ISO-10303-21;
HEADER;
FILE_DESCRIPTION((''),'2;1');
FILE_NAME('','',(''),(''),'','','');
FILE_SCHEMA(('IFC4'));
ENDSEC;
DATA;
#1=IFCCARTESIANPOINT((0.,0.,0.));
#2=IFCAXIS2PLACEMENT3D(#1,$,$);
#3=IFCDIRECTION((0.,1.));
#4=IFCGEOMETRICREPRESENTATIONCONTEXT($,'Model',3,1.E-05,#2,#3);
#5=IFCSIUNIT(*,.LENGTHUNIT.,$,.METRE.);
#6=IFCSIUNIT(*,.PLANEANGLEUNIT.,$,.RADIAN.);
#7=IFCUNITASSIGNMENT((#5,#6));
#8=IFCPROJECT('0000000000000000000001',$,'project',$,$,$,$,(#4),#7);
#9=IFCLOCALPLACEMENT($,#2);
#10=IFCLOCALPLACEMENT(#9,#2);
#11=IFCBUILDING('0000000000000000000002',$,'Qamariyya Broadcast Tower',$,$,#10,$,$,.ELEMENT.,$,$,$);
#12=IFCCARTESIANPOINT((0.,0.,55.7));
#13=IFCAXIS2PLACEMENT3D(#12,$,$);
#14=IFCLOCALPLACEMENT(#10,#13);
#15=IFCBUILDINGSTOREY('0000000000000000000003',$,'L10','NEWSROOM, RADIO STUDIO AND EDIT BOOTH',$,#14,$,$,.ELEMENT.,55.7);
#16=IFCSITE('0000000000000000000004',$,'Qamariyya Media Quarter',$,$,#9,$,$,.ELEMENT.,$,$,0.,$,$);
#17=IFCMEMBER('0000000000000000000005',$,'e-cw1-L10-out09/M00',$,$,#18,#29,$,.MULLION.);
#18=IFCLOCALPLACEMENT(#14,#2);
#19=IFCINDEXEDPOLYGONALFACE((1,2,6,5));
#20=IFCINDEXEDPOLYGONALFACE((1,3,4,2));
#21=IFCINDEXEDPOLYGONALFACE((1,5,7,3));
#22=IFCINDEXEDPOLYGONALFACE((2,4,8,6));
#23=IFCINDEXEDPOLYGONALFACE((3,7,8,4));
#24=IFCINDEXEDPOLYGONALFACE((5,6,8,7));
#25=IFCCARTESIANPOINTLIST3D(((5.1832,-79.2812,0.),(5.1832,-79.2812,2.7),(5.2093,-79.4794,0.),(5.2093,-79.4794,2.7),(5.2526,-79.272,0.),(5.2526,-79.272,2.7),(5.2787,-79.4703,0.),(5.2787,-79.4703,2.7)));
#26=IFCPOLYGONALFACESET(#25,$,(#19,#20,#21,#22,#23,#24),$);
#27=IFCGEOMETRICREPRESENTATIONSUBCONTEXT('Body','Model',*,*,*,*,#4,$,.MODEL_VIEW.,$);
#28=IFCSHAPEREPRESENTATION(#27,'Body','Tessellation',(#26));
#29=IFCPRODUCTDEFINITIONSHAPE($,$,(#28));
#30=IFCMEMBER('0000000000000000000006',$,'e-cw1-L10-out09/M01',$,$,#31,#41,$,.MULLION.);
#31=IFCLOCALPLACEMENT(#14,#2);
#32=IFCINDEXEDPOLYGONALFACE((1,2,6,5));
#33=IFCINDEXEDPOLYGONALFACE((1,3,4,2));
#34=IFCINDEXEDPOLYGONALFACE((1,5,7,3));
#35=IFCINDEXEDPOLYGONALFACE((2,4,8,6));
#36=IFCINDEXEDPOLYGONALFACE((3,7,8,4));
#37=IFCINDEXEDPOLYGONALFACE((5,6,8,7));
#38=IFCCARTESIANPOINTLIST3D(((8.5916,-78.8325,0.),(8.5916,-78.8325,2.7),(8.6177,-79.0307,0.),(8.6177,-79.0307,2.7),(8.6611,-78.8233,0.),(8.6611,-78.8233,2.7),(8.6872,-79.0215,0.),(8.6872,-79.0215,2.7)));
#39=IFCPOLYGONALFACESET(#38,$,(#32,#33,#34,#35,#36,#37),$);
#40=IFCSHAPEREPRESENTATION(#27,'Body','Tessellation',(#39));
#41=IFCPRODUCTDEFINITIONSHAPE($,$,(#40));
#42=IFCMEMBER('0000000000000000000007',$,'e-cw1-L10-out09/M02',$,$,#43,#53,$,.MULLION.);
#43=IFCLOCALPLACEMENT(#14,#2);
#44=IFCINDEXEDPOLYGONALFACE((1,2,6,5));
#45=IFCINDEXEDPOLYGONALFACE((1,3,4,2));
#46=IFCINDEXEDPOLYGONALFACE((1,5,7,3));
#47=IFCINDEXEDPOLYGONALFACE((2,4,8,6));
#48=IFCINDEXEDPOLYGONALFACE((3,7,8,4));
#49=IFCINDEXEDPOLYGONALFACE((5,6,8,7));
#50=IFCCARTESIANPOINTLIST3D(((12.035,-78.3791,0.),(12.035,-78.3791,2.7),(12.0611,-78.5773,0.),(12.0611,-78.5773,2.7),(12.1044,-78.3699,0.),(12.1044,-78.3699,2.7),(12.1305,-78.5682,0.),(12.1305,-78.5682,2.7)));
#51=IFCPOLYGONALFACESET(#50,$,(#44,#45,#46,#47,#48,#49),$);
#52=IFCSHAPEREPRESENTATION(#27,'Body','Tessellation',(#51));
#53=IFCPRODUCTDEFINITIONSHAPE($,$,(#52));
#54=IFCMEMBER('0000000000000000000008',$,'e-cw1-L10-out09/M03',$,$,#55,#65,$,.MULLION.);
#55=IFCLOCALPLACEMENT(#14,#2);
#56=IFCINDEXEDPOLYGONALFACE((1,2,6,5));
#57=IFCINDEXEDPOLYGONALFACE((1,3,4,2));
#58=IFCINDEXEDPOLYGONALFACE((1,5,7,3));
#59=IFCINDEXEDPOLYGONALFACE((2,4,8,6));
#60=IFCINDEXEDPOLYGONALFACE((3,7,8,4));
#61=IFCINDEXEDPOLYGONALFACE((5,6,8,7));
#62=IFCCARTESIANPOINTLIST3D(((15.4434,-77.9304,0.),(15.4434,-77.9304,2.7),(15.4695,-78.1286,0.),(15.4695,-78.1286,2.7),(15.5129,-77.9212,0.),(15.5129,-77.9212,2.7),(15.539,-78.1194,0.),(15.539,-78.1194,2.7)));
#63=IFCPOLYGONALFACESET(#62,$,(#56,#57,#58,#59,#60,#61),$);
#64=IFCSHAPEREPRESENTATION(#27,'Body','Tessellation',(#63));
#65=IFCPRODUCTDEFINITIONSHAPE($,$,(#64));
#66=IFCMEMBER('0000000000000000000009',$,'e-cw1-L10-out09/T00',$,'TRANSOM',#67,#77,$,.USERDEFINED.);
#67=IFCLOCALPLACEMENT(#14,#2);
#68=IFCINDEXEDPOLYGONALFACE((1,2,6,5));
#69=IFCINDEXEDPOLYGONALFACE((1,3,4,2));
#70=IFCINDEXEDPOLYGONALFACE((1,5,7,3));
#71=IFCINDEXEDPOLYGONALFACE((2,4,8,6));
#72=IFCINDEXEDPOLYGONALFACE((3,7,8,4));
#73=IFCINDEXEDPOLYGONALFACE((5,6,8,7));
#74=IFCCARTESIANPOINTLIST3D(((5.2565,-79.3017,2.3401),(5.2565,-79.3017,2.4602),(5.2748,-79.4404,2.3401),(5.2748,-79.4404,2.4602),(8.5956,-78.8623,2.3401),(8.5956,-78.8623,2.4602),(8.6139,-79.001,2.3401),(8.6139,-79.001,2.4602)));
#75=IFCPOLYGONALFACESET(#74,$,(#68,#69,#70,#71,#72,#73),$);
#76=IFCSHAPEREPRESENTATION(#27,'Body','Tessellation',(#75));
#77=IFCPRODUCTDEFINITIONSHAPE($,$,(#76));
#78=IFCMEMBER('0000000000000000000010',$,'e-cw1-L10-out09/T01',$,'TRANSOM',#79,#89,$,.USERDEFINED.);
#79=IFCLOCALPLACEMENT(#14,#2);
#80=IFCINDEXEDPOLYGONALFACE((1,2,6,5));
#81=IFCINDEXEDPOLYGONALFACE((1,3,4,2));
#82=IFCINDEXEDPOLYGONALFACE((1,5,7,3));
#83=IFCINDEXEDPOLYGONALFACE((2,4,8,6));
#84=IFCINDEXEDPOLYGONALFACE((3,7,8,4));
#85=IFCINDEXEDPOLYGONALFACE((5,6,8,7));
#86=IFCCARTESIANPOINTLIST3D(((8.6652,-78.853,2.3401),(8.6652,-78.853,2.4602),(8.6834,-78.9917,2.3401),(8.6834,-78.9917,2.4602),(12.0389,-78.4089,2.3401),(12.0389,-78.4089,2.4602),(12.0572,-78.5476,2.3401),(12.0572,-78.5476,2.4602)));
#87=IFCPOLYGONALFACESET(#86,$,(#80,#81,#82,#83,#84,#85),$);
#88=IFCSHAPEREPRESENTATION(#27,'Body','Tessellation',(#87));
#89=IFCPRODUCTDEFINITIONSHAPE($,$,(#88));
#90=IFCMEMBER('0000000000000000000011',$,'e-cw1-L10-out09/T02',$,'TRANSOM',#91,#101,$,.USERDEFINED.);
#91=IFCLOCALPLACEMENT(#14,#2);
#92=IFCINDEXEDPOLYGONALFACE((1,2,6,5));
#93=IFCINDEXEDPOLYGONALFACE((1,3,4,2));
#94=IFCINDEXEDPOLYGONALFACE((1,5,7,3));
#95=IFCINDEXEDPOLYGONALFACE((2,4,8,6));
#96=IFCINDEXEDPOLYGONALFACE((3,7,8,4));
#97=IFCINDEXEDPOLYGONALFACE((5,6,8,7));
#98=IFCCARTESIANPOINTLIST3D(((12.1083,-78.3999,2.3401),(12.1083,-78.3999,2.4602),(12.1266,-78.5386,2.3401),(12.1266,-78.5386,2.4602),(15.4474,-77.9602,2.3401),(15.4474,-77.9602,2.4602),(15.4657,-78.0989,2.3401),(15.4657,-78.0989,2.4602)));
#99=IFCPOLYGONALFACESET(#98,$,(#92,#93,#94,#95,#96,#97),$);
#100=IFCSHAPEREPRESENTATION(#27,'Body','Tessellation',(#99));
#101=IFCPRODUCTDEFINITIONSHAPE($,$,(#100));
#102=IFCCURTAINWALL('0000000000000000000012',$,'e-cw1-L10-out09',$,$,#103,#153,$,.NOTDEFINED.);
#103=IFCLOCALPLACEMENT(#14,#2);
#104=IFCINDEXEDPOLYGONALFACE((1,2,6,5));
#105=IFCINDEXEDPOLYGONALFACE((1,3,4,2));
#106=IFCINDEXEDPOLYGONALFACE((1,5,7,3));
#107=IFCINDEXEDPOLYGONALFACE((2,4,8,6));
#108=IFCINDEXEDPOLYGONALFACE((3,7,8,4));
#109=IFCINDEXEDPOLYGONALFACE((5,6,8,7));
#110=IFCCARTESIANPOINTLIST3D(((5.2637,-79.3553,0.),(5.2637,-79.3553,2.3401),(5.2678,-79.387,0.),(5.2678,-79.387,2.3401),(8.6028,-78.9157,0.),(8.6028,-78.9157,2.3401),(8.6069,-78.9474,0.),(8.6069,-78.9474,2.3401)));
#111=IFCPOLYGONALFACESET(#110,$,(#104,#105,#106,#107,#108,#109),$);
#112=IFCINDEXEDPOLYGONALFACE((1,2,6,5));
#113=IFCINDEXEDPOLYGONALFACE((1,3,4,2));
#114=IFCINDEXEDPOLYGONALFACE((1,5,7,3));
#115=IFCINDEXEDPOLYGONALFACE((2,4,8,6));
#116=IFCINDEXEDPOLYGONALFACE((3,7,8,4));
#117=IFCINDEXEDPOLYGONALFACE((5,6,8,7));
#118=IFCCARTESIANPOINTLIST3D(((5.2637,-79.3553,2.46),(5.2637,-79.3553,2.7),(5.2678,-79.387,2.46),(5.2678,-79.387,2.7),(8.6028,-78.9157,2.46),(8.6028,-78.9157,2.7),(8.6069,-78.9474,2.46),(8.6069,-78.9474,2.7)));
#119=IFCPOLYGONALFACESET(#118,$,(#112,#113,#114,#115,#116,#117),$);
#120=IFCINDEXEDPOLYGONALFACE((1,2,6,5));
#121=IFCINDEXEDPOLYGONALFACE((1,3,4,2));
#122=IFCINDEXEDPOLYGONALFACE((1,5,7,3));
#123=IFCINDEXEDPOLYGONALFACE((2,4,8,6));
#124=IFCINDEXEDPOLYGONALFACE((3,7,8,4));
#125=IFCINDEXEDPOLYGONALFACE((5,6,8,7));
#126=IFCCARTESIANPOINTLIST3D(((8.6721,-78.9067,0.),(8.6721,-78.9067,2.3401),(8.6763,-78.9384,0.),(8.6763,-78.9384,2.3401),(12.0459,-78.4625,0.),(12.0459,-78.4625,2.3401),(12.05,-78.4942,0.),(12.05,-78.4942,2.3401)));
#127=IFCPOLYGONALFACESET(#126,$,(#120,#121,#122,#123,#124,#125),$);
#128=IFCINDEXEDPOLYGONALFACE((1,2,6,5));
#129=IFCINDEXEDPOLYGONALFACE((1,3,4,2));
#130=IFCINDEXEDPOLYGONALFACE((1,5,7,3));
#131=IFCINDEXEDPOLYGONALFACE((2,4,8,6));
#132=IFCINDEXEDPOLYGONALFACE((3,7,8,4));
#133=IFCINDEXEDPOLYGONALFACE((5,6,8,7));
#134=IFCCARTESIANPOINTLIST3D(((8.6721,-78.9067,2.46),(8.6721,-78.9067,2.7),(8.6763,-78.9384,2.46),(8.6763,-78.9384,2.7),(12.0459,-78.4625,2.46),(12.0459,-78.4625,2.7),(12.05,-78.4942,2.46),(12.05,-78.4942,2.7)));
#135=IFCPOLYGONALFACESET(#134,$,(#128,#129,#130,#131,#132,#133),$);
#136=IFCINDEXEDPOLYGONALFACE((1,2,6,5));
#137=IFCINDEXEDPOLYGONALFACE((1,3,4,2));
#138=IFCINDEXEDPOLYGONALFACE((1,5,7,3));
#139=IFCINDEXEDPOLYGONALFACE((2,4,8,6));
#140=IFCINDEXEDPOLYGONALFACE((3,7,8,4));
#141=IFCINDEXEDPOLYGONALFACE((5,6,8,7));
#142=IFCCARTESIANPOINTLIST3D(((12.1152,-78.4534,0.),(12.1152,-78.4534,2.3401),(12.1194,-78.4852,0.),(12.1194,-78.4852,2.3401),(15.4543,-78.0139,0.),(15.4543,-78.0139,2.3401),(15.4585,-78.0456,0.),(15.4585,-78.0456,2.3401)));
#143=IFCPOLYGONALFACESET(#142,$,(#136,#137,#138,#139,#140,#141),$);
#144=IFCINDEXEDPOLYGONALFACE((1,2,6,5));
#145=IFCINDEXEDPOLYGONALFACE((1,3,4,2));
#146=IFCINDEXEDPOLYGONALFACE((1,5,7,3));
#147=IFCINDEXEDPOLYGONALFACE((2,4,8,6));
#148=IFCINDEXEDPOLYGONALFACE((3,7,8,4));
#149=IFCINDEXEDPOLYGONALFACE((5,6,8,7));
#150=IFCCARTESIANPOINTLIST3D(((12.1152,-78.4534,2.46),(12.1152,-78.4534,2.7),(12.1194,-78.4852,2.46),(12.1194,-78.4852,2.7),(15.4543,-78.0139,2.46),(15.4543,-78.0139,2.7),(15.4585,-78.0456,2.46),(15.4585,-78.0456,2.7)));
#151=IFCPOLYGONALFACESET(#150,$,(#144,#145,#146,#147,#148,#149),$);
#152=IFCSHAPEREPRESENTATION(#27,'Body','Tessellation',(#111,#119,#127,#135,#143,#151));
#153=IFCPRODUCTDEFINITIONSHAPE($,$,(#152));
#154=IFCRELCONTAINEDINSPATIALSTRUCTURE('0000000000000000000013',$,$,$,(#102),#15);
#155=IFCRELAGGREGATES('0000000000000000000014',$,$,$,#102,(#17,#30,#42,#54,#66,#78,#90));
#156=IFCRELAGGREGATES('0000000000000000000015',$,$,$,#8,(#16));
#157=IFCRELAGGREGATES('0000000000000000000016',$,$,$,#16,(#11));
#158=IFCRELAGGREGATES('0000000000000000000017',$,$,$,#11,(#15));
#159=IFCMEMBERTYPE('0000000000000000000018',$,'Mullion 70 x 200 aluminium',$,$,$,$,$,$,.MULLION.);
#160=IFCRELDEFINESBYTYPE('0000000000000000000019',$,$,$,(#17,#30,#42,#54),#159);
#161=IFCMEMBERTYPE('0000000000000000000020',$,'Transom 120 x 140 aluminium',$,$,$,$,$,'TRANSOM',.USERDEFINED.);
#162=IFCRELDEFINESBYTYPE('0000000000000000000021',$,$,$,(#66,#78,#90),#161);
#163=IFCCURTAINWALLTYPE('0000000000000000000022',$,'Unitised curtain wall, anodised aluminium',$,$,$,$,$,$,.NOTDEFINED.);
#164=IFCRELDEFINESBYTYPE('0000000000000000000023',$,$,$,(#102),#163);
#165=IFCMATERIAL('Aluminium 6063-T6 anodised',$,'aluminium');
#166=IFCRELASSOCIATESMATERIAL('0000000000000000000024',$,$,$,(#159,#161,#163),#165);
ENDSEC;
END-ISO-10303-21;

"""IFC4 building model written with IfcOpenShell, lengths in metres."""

from ifc_helpers import new_model, si_unit, direction, frame, origin, origin_2d, place, context, subcontext, project, spatial, rectangle, extrude, material, material_profile, profile_set, type_object, element, aggregate, save


model = new_model("IFC4")

# Units and contexts
model_context = context("Model", 3, precision=1e-05, world=origin(), true_north=direction((0.0, 1.0)))
body_context = subcontext(model_context, "Body", "Model", "MODEL_VIEW")
ifc_project = project(units=[si_unit("LENGTHUNIT", "METRE"), si_unit("PLANEANGLEUNIT", "RADIAN")], contexts=[model_context])

# Members
ifc_material = material(Name="Aluminium 6063-T6 anodised", Category="aluminium")
ifc_material_profile_1 = material_profile(ifc_material, rectangle(XDim=0.2, YDim=0.0701, at=origin_2d()))
ifc_profile_set_1 = profile_set([ifc_material_profile_1], Name="Aluminium 6063-T6 anodised")
member_type_1 = type_object("IfcMemberType", Name="Mullion 70 x 200 aluminium", PredefinedType="MULLION", material=ifc_profile_set_1)
site_placement = place(None, origin())
building_placement = place(site_placement, origin())
storey_placement = place(building_placement, frame((0.0, 0.0, 55.7)))
member_1_placement = place(storey_placement, frame((5.231, -79.3757, 0.0), z_axis=(0.0, 0.0, 1.0), x_axis=(-0.130526, 0.991445, 0.0)))
member_1 = element("IfcMember", 1, at=member_1_placement, type_object=member_type_1, Name="e-cw1-L10-out09/M00", PredefinedType="MULLION", context=body_context, shape_type="SweptSolid", body=[
    extrude(rectangle(XDim=0.2, YDim=0.0701, at=origin_2d()), origin(), (0.0, 0.0, 1.0), 2.7),
])
member_2_placement = place(storey_placement, frame((8.6394, -78.927, 0.0), z_axis=(0.0, 0.0, 1.0), x_axis=(-0.130526, 0.991445, 0.0)))
member_2 = element("IfcMember", 2, at=member_2_placement, type_object=member_type_1, Name="e-cw1-L10-out09/M01", PredefinedType="MULLION", context=body_context, shape_type="SweptSolid", body=[
    extrude(rectangle(XDim=0.2, YDim=0.0701, at=origin_2d()), origin(), (0.0, 0.0, 1.0), 2.7),
])
member_3_placement = place(storey_placement, frame((12.0828, -78.4736, 0.0), z_axis=(0.0, 0.0, 1.0), x_axis=(-0.130526, 0.991445, 0.0)))
member_3 = element("IfcMember", 3, at=member_3_placement, type_object=member_type_1, Name="e-cw1-L10-out09/M02", PredefinedType="MULLION", context=body_context, shape_type="SweptSolid", body=[
    extrude(rectangle(XDim=0.2, YDim=0.0701, at=origin_2d()), origin(), (0.0, 0.0, 1.0), 2.7),
])
member_4_placement = place(storey_placement, frame((15.4912, -78.0249, 0.0), z_axis=(0.0, 0.0, 1.0), x_axis=(-0.130526, 0.991445, 0.0)))
member_4 = element("IfcMember", 4, at=member_4_placement, type_object=member_type_1, Name="e-cw1-L10-out09/M03", PredefinedType="MULLION", context=body_context, shape_type="SweptSolid", body=[
    extrude(rectangle(XDim=0.2, YDim=0.0701, at=origin_2d()), origin(), (0.0, 0.0, 1.0), 2.7),
])
ifc_material_profile_2 = material_profile(ifc_material, rectangle(XDim=0.1399, YDim=0.1201, at=origin_2d()))
ifc_profile_set_2 = profile_set([ifc_material_profile_2], Name="Aluminium 6063-T6 anodised")
member_type_2 = type_object("IfcMemberType", Name="Transom 120 x 140 aluminium", ElementType="TRANSOM", PredefinedType="USERDEFINED", material=ifc_profile_set_2)
member_5_placement = place(storey_placement, frame((5.2656, -79.3711, 2.4001), z_axis=(0.991451, 0.130483, 0.0), x_axis=(-0.130483, 0.991451, 0.0)))
member_5 = element("IfcMember", 5, at=member_5_placement, type_object=member_type_2, Name="e-cw1-L10-out09/T00", ObjectType="TRANSOM", PredefinedType="USERDEFINED", context=body_context, shape_type="SweptSolid", body=[
    extrude(rectangle(XDim=0.1399, YDim=0.1201, at=origin_2d()), origin(), (0.0, 0.0, 1.0), 3.3679),
])
member_6_placement = place(storey_placement, frame((8.6743, -78.9224, 2.4001), z_axis=(0.991448, 0.130505, 0.0), x_axis=(-0.130505, 0.991448, 0.0)))
member_6 = element("IfcMember", 6, at=member_6_placement, type_object=member_type_2, Name="e-cw1-L10-out09/T01", ObjectType="TRANSOM", PredefinedType="USERDEFINED", context=body_context, shape_type="SweptSolid", body=[
    extrude(rectangle(XDim=0.1399, YDim=0.1201, at=origin_2d()), origin(), (0.0, 0.0, 1.0), 3.4028),
])
member_7_placement = place(storey_placement, frame((12.1174, -78.4692, 2.4001), z_axis=(0.991441, 0.130554, 0.0), x_axis=(-0.130554, 0.991441, 0.0)))
member_7 = element("IfcMember", 7, at=member_7_placement, type_object=member_type_2, Name="e-cw1-L10-out09/T02", ObjectType="TRANSOM", PredefinedType="USERDEFINED", context=body_context, shape_type="SweptSolid", body=[
    extrude(rectangle(XDim=0.1399, YDim=0.1201, at=origin_2d()), origin(), (0.0, 0.0, 1.0), 3.3679),
])

# Site, building, storey
site = spatial("IfcSite", under=ifc_project, at=site_placement, Name="Qamariyya Media Quarter", CompositionType="ELEMENT", RefElevation=0.0)
building = spatial("IfcBuilding", under=site, at=building_placement, Name="Qamariyya Broadcast Tower", CompositionType="ELEMENT")
storey = spatial("IfcBuildingStorey", under=building, at=storey_placement, Name="L10", Description="NEWSROOM, RADIO STUDIO AND EDIT BOOTH", CompositionType="ELEMENT", Elevation=55.7)

# Curtain wall
curtain_wall_type = type_object("IfcCurtainWallType", Name="Unitised curtain wall, anodised aluminium", PredefinedType="NOTDEFINED", material=ifc_material)
curtain_wall_1_placement = place(storey_placement, origin())
curtain_wall_1 = element("IfcCurtainWall", 8, at=curtain_wall_1_placement, inside=storey, type_object=curtain_wall_type, Name="e-cw1-L10-out09", PredefinedType="NOTDEFINED", context=body_context, shape_type="SweptSolid", body=[
    extrude(rectangle(XDim=3.3679, YDim=0.032, at=origin_2d()), frame((6.9353, -79.1514, 0.0), x_axis=(0.991446, 0.130521, 0.0)), (0.0, 0.0, 1.0), 2.3401),
    extrude(rectangle(XDim=3.3679, YDim=0.032, at=origin_2d()), frame((6.9353, -79.1514, 2.46), x_axis=(0.991446, 0.130521, 0.0)), (0.0, 0.0, 1.0), 0.24),
    extrude(rectangle(XDim=3.4028, YDim=0.032, at=origin_2d()), frame((10.3611, -78.7004, 0.0), x_axis=(0.991446, 0.130521, 0.0)), (0.0, 0.0, 1.0), 2.3401),
    extrude(rectangle(XDim=3.4028, YDim=0.032, at=origin_2d()), frame((10.3611, -78.7004, 2.46), x_axis=(0.991446, 0.130521, 0.0)), (0.0, 0.0, 1.0), 0.24),
    extrude(rectangle(XDim=3.3679, YDim=0.032, at=origin_2d()), frame((13.7869, -78.2495, 0.0), x_axis=(0.991446, 0.130521, 0.0)), (0.0, 0.0, 1.0), 2.3401),
    extrude(rectangle(XDim=3.3679, YDim=0.032, at=origin_2d()), frame((13.7869, -78.2495, 2.46), x_axis=(0.991446, 0.130521, 0.0)), (0.0, 0.0, 1.0), 0.24),
])
aggregate(curtain_wall_1, [member_1, member_2, member_3, member_4, member_5, member_6, member_7])

save(model, "model.ifc")
